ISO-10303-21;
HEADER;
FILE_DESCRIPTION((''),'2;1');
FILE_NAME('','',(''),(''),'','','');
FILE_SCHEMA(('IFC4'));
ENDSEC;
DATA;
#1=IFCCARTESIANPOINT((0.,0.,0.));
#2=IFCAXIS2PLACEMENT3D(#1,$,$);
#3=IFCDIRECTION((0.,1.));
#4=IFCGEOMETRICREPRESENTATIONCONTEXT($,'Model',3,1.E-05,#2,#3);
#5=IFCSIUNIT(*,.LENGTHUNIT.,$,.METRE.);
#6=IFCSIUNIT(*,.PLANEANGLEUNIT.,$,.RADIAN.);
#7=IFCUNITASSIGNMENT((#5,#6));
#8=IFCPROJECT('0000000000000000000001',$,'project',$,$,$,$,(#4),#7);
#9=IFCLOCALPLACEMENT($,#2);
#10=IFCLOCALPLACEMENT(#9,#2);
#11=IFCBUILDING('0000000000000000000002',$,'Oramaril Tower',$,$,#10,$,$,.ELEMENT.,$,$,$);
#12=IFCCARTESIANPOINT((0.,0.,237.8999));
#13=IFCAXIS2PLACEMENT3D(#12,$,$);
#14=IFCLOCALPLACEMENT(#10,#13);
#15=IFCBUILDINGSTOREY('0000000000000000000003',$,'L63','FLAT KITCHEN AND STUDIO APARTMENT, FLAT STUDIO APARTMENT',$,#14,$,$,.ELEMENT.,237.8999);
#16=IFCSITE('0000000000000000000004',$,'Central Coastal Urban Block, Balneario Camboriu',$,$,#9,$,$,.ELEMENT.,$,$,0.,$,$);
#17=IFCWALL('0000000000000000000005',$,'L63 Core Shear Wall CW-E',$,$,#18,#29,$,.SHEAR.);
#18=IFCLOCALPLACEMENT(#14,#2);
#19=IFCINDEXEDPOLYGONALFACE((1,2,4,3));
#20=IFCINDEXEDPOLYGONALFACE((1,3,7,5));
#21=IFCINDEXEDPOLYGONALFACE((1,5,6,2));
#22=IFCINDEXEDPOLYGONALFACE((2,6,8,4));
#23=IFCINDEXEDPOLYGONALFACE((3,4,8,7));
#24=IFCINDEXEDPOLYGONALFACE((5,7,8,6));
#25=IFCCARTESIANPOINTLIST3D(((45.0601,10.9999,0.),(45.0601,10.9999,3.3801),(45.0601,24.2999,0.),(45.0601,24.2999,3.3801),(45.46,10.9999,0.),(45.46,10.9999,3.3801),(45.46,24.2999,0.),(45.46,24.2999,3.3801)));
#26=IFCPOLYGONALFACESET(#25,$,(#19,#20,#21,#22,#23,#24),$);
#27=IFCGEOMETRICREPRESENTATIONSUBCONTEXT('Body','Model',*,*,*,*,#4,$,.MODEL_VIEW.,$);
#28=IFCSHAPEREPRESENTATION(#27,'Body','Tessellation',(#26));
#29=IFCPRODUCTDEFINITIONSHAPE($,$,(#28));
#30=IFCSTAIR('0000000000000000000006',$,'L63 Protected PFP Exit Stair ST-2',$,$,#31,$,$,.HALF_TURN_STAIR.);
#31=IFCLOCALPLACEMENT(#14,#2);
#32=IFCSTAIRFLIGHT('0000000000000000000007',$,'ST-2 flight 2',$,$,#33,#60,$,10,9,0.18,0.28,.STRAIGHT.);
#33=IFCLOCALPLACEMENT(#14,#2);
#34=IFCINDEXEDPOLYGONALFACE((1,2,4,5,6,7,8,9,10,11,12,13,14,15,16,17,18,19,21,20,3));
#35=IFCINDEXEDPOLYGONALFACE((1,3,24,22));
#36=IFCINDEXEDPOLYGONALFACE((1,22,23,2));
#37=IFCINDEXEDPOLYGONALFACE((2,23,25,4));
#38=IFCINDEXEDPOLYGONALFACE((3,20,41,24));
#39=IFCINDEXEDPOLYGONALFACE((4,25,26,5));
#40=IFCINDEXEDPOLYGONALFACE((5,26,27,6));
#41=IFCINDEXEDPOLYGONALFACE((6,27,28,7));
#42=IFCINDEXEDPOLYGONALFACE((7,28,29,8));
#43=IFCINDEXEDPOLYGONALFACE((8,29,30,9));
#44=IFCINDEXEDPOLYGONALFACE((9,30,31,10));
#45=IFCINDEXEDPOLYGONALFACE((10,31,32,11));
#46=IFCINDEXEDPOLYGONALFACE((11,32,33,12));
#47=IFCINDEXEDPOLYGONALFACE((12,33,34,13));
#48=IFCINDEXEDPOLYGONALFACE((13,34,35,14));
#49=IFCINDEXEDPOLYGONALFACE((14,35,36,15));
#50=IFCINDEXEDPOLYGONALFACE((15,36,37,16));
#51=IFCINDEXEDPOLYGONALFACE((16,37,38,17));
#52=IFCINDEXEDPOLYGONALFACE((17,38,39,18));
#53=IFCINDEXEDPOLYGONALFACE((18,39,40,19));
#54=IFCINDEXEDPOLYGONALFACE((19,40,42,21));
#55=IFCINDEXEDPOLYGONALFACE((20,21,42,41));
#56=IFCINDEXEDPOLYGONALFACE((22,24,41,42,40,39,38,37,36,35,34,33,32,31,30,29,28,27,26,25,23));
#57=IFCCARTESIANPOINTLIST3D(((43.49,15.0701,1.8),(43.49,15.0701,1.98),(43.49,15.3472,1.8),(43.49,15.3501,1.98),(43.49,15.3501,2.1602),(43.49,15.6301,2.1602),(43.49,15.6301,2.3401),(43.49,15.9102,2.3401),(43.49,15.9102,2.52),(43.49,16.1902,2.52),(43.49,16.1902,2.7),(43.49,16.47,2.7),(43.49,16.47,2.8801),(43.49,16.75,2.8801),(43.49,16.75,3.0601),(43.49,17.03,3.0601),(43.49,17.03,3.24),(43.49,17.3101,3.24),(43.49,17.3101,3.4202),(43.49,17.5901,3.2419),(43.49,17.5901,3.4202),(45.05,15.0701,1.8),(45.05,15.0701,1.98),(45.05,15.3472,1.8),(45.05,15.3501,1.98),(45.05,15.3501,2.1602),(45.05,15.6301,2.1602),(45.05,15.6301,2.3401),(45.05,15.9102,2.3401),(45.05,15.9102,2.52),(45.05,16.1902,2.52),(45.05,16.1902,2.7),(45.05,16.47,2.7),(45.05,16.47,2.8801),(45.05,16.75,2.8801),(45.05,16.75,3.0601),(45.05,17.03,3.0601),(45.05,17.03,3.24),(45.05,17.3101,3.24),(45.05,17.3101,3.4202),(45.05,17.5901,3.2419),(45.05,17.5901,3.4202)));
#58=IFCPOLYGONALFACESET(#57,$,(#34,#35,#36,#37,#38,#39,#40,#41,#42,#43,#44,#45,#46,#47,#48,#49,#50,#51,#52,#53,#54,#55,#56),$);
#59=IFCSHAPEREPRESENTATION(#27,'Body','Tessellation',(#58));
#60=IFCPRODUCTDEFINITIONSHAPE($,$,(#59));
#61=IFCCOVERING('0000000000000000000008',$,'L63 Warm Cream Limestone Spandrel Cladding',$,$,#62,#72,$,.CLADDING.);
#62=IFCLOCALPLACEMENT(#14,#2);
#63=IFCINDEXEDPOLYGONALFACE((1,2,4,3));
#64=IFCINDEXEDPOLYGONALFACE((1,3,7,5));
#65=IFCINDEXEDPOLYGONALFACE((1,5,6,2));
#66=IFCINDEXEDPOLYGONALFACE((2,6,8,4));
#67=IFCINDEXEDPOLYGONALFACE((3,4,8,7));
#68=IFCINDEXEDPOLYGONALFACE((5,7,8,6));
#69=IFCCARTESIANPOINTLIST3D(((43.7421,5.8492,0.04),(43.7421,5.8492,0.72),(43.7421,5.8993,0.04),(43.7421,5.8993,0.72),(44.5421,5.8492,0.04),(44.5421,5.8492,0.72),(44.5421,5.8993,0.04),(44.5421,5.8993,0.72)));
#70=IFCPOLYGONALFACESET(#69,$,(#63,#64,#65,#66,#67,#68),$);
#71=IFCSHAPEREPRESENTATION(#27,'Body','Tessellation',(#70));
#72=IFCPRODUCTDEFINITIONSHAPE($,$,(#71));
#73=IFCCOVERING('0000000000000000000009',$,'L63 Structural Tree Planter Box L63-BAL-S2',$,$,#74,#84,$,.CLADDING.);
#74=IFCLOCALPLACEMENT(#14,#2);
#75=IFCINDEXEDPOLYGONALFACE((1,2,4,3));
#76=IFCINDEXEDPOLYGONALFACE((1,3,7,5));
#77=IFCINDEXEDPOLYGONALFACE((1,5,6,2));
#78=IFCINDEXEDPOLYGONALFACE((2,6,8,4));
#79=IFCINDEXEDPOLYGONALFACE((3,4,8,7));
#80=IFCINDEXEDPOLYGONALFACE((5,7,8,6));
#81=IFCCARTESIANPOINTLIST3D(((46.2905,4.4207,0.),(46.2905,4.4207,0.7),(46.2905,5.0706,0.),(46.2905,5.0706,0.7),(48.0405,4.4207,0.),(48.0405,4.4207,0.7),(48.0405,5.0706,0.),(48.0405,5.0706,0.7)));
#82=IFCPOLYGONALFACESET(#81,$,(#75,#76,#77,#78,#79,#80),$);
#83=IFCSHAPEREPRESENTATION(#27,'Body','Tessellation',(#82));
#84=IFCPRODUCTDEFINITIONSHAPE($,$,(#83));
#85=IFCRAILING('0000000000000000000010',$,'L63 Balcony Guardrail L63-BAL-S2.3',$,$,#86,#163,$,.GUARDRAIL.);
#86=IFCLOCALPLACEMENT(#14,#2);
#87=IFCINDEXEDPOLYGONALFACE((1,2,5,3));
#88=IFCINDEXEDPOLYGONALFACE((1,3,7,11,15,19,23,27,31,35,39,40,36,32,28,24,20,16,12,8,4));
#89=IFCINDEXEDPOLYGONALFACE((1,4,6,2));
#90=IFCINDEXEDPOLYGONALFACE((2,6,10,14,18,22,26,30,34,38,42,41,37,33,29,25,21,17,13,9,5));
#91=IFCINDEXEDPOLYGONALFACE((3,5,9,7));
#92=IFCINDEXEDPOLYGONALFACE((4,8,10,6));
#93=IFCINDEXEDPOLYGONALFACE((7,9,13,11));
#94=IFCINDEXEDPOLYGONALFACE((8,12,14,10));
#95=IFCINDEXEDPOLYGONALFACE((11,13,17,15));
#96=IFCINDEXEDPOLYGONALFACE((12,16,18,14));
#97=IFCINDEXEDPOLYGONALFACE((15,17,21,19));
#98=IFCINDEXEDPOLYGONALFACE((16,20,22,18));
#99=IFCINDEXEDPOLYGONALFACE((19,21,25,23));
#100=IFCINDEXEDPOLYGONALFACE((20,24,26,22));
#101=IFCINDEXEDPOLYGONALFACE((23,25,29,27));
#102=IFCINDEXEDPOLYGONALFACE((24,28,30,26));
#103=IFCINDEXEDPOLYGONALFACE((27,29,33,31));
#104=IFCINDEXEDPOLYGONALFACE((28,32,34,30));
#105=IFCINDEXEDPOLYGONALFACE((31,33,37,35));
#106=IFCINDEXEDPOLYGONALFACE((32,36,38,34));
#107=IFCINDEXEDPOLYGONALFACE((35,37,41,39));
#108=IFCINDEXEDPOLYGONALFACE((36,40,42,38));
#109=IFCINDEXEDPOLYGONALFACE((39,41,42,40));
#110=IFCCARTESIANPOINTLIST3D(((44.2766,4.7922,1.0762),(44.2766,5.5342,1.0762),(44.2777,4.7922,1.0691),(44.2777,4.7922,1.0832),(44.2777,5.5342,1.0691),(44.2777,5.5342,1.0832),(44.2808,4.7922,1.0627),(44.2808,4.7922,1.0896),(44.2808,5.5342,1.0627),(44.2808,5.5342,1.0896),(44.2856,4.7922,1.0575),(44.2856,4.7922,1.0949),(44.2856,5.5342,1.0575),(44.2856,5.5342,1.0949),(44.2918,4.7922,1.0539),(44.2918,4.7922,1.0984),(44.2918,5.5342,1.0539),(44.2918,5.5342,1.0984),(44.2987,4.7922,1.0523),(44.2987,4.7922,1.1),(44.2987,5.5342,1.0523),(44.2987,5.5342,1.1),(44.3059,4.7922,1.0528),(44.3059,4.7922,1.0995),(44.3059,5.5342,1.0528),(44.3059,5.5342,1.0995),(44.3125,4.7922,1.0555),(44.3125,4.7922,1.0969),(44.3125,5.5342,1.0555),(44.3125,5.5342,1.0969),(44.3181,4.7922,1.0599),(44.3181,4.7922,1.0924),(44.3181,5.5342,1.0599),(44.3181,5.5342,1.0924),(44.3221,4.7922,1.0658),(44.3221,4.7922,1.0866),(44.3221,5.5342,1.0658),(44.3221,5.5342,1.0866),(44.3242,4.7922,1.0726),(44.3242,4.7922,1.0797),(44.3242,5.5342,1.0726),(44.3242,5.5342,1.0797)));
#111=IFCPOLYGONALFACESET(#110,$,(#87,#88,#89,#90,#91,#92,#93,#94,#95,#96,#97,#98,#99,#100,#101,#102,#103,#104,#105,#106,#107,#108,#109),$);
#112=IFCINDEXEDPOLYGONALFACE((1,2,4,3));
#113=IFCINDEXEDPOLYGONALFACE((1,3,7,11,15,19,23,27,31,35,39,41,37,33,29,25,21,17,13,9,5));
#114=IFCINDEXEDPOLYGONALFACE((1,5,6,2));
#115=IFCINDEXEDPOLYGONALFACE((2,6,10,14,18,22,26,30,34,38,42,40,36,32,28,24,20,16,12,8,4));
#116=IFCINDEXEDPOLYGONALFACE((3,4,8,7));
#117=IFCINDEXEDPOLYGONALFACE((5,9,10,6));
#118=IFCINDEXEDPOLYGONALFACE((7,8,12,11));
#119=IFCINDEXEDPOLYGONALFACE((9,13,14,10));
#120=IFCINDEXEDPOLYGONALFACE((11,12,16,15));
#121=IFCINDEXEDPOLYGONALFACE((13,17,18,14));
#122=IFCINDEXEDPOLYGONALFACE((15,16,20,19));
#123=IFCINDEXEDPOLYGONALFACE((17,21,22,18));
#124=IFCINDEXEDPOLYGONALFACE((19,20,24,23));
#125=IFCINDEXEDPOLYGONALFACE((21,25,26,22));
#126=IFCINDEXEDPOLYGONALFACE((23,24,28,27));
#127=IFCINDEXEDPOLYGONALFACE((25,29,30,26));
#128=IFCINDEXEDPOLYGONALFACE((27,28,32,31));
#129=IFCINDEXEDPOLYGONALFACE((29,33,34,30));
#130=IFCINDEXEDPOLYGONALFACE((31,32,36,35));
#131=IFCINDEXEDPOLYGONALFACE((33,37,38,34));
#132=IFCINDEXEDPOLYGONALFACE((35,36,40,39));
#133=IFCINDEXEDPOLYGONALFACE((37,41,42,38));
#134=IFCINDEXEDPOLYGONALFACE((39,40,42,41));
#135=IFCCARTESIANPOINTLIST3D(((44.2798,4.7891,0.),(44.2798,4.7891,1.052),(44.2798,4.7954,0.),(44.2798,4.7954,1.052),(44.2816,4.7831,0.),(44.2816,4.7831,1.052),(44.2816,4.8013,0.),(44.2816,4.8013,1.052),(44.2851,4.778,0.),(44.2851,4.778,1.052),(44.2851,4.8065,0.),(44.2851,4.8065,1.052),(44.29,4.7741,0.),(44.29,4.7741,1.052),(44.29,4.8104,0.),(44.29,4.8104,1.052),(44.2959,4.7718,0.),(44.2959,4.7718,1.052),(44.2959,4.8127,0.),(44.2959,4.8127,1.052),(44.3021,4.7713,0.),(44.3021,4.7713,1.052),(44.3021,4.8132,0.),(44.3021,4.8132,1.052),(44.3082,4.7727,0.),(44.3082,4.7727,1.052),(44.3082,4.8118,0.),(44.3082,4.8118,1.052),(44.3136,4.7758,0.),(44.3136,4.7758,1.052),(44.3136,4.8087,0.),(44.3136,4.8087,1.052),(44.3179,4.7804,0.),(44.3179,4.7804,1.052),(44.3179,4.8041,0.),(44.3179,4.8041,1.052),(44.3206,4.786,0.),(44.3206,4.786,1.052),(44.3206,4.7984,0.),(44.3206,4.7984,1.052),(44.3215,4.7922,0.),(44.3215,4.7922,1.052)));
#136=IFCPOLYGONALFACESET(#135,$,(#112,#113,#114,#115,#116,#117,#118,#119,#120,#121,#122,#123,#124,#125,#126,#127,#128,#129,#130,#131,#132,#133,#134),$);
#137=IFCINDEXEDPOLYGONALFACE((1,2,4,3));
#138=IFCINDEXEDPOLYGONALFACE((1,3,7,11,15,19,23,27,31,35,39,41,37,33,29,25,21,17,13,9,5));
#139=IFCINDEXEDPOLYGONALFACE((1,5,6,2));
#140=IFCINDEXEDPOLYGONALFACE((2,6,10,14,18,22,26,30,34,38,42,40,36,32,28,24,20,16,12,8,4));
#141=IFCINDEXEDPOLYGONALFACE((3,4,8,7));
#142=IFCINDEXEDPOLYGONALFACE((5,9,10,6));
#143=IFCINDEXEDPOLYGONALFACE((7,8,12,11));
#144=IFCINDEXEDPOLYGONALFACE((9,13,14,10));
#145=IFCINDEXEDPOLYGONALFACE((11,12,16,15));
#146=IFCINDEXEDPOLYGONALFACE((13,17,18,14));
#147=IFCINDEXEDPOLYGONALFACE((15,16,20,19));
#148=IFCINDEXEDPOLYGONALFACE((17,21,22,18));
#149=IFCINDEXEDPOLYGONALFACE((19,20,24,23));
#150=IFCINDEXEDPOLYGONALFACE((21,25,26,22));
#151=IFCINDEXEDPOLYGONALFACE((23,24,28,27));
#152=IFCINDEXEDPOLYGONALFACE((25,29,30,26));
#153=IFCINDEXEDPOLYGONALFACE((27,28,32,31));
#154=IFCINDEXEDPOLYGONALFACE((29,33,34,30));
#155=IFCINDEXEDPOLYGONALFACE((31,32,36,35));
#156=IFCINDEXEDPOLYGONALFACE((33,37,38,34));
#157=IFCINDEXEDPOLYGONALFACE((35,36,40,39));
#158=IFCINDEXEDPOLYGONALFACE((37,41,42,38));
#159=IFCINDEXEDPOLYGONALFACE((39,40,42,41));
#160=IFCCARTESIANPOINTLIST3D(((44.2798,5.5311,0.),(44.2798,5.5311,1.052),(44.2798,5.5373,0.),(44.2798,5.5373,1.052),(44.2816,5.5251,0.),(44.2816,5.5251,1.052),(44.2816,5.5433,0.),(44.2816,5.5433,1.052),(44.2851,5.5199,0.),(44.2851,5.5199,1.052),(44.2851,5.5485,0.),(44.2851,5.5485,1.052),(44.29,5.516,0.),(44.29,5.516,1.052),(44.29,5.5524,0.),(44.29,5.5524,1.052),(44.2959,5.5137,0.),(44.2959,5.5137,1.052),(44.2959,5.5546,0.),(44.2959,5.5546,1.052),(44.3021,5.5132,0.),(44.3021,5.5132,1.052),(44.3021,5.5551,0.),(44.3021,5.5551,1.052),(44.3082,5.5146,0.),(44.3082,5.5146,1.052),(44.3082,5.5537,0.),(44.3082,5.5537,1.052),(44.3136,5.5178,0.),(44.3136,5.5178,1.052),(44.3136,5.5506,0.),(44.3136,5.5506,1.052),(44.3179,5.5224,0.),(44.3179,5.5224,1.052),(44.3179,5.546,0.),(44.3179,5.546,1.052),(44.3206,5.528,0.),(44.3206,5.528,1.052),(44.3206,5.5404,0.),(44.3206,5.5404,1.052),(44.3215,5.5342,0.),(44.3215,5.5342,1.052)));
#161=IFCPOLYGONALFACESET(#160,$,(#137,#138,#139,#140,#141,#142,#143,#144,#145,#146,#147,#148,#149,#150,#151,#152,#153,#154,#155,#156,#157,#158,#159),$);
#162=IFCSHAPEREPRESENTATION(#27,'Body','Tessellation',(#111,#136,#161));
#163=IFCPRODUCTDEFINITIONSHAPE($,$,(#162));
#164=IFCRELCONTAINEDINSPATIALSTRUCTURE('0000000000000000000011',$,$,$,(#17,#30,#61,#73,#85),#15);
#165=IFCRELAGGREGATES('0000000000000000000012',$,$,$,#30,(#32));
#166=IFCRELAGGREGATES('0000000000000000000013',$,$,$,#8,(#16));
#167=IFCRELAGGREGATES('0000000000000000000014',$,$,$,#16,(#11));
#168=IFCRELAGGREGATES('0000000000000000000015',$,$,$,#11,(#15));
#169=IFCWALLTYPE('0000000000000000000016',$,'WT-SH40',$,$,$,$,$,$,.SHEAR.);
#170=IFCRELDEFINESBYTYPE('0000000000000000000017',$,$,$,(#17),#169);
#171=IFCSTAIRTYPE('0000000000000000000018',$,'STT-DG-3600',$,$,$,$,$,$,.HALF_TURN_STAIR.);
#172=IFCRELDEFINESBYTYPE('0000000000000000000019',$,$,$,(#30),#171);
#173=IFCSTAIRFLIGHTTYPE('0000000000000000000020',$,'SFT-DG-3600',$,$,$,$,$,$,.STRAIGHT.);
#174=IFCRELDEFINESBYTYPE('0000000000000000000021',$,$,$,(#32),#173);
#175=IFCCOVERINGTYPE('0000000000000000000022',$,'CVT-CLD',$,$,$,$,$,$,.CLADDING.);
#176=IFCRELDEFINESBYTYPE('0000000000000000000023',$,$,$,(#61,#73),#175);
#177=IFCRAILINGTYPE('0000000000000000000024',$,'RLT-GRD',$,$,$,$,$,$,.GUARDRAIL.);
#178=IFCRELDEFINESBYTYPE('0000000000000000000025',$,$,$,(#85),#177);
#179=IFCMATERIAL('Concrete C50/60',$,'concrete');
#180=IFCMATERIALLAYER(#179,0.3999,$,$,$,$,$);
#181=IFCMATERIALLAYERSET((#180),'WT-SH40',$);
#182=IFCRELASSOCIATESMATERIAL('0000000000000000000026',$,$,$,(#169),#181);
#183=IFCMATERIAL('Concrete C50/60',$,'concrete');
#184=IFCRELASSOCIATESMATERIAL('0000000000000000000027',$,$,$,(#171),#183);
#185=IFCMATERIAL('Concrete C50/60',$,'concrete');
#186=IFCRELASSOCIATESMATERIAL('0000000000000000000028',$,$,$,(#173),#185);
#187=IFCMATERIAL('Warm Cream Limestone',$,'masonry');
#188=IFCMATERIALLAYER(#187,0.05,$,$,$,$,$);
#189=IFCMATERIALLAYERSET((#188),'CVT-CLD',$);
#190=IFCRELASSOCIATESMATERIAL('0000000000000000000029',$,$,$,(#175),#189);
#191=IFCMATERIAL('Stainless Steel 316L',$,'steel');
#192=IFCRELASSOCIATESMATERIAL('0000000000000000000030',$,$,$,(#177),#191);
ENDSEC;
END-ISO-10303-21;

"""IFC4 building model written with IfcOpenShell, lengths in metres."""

from ifc_helpers import new_model, si_unit, direction, frame, frame_2d, origin, origin_2d, place, context, subcontext, project, spatial, polyline, rectangle, circle, outline, extrude, material, layer, layer_set, type_object, element, aggregate, save


model = new_model("IFC4")

# Units and contexts
model_context = context("Model", 3, precision=1e-05, world=origin(), true_north=direction((0.0, 1.0)))
body_context = subcontext(model_context, "Body", "Model", "MODEL_VIEW")
ifc_project = project(units=[si_unit("LENGTHUNIT", "METRE"), si_unit("PLANEANGLEUNIT", "RADIAN")], contexts=[model_context])

# Site, building, storey
site_placement = place(None, origin())
site = spatial("IfcSite", under=ifc_project, at=site_placement, Name="Central Coastal Urban Block, Balneario Camboriu", CompositionType="ELEMENT", RefElevation=0.0)
building_placement = place(site_placement, origin())
building = spatial("IfcBuilding", under=site, at=building_placement, Name="Oramaril Tower", CompositionType="ELEMENT")
storey_placement = place(building_placement, frame((0.0, 0.0, 237.8999)))
storey = spatial("IfcBuildingStorey", under=building, at=storey_placement, Name="L63", Description="FLAT KITCHEN AND STUDIO APARTMENT, FLAT STUDIO APARTMENT", CompositionType="ELEMENT", Elevation=237.8999)

# Wall
ifc_material_1 = material(Name="Concrete C50/60", Category="concrete")
ifc_layer_1 = layer(ifc_material_1, 0.3999)
ifc_layer_set_1 = layer_set([ifc_layer_1], Name="WT-SH40")
wall_type_1 = type_object("IfcWallType", Name="WT-SH40", PredefinedType="SHEAR", material=ifc_layer_set_1)
wall_1_placement = place(storey_placement, frame((45.26, 11.0, 0.0), z_axis=(0.0, 0.0, 1.0), x_axis=(0.0, 1.0, 0.0)))
element("IfcWall", 1, at=wall_1_placement, inside=storey, type_object=wall_type_1, Name="L63 Core Shear Wall CW-E", PredefinedType="SHEAR", context=body_context, shape_type="SweptSolid", body=[
    extrude(rectangle(XDim=13.3, YDim=0.3999, at=frame_2d((6.6499, 0.0))), origin(), (0.0, 0.0, 1.0), 3.3801),
])

# Stair, stair flight
ifc_material_2 = material(Name="Concrete C50/60", Category="concrete")
stair_type = type_object("IfcStairType", Name="STT-DG-3600", PredefinedType="HALF_TURN_STAIR", material=ifc_material_2)
stair_placement = place(storey_placement, origin())
stair = element("IfcStair", 2, at=stair_placement, inside=storey, type_object=stair_type, Name="L63 Protected PFP Exit Stair ST-2", PredefinedType="HALF_TURN_STAIR")
ifc_material_3 = material(Name="Concrete C50/60", Category="concrete")
stair_flight_type = type_object("IfcStairFlightType", Name="SFT-DG-3600", PredefinedType="STRAIGHT", material=ifc_material_3)
stair_flight_placement = place(storey_placement, frame((44.27, 15.0701, 1.8), z_axis=(0.0, 0.0, 1.0), x_axis=(0.0, 1.0, 0.0)))
stair_flight = element("IfcStairFlight", 3, at=stair_flight_placement, type_object=stair_flight_type, Name="ST-2 flight 2", NumberOfRisers=10, NumberOfTreads=9, PredefinedType="STRAIGHT", RiserHeight=0.18, TreadLength=0.28, context=body_context, shape_type="SweptSolid", body=[
    extrude(outline(polyline([(0.0, 0.0), (0.0, 0.1799), (0.28, 0.1799), (0.28, 0.3601), (0.5601, 0.3601), (0.5601, 0.54), (0.8401, 0.54), (0.8401, 0.72), (1.1201, 0.72), (1.1201, 0.8999), (1.3999, 0.8999), (1.3999, 1.0801), (1.6799, 1.0801), (1.6799, 1.26), (1.96, 1.26), (1.96, 1.4399), (2.24, 1.4399), (2.24, 1.6201), (2.52, 1.6201), (2.52, 1.8), (2.52, 1.4419), (0.2771, 0.0), (0.0, 0.0)])), frame((0.0, 0.78, 0.0), z_axis=(0.0, -1.0, 0.0), x_axis=(1.0, 0.0, 0.0)), (0.0, 0.0, 1.0), 1.5601),
])
aggregate(stair, [stair_flight])

# Coverings
ifc_material_4 = material(Name="Warm Cream Limestone", Category="masonry")
ifc_layer_2 = layer(ifc_material_4, 0.05)
ifc_layer_set_2 = layer_set([ifc_layer_2], Name="CVT-CLD")
covering_type = type_object("IfcCoveringType", Name="CVT-CLD", PredefinedType="CLADDING", material=ifc_layer_set_2)
covering_1_placement = place(storey_placement, frame((44.1421, 5.8743, 0.04), z_axis=(0.0, 0.0, 1.0), x_axis=(1.0, 0.0, 0.0)))
element("IfcCovering", 4, at=covering_1_placement, inside=storey, type_object=covering_type, Name="L63 Warm Cream Limestone Spandrel Cladding", PredefinedType="CLADDING", context=body_context, shape_type="SweptSolid", body=[
    extrude(rectangle(XDim=0.8, YDim=0.05, at=origin_2d()), origin(), (0.0, 0.0, 1.0), 0.6799),
])
covering_2_placement = place(storey_placement, frame((47.1655, 4.7456, 0.0), z_axis=(0.0, 0.0, 1.0), x_axis=(1.0, 0.0, 0.0)))
element("IfcCovering", 5, at=covering_2_placement, inside=storey, type_object=covering_type, Name="L63 Structural Tree Planter Box L63-BAL-S2", PredefinedType="CLADDING", context=body_context, shape_type="SweptSolid", body=[
    extrude(rectangle(XDim=1.75, YDim=0.6499, at=origin_2d()), origin(), (0.0, 0.0, 1.0), 0.7),
])

# Railing
ifc_material_5 = material(Name="Stainless Steel 316L", Category="steel")
railing_type_1 = type_object("IfcRailingType", Name="RLT-GRD", PredefinedType="GUARDRAIL", material=ifc_material_5)
railing_1_placement = place(storey_placement, frame((44.3005, 4.7922, 0.0)))
element("IfcRailing", 6, at=railing_1_placement, inside=storey, type_object=railing_type_1, Name="L63 Balcony Guardrail L63-BAL-S2.3", PredefinedType="GUARDRAIL", context=body_context, shape_type="SweptSolid", body=[
    extrude(circle(Radius=0.0239, at=origin_2d()), frame((0.0, 0.0, 1.0762), z_axis=(0.0, 1.0, 0.0), x_axis=(-1.0, 0.0, 0.0)), (0.0, 0.0, 1.0), 0.7419),
    extrude(circle(Radius=0.021, at=origin_2d()), origin(), (0.0, 0.0, 1.0), 1.052),
    extrude(circle(Radius=0.021, at=origin_2d()), frame((0.0, 0.7419, 0.0)), (0.0, 0.0, 1.0), 1.052),
])

save(model, "model.ifc")
